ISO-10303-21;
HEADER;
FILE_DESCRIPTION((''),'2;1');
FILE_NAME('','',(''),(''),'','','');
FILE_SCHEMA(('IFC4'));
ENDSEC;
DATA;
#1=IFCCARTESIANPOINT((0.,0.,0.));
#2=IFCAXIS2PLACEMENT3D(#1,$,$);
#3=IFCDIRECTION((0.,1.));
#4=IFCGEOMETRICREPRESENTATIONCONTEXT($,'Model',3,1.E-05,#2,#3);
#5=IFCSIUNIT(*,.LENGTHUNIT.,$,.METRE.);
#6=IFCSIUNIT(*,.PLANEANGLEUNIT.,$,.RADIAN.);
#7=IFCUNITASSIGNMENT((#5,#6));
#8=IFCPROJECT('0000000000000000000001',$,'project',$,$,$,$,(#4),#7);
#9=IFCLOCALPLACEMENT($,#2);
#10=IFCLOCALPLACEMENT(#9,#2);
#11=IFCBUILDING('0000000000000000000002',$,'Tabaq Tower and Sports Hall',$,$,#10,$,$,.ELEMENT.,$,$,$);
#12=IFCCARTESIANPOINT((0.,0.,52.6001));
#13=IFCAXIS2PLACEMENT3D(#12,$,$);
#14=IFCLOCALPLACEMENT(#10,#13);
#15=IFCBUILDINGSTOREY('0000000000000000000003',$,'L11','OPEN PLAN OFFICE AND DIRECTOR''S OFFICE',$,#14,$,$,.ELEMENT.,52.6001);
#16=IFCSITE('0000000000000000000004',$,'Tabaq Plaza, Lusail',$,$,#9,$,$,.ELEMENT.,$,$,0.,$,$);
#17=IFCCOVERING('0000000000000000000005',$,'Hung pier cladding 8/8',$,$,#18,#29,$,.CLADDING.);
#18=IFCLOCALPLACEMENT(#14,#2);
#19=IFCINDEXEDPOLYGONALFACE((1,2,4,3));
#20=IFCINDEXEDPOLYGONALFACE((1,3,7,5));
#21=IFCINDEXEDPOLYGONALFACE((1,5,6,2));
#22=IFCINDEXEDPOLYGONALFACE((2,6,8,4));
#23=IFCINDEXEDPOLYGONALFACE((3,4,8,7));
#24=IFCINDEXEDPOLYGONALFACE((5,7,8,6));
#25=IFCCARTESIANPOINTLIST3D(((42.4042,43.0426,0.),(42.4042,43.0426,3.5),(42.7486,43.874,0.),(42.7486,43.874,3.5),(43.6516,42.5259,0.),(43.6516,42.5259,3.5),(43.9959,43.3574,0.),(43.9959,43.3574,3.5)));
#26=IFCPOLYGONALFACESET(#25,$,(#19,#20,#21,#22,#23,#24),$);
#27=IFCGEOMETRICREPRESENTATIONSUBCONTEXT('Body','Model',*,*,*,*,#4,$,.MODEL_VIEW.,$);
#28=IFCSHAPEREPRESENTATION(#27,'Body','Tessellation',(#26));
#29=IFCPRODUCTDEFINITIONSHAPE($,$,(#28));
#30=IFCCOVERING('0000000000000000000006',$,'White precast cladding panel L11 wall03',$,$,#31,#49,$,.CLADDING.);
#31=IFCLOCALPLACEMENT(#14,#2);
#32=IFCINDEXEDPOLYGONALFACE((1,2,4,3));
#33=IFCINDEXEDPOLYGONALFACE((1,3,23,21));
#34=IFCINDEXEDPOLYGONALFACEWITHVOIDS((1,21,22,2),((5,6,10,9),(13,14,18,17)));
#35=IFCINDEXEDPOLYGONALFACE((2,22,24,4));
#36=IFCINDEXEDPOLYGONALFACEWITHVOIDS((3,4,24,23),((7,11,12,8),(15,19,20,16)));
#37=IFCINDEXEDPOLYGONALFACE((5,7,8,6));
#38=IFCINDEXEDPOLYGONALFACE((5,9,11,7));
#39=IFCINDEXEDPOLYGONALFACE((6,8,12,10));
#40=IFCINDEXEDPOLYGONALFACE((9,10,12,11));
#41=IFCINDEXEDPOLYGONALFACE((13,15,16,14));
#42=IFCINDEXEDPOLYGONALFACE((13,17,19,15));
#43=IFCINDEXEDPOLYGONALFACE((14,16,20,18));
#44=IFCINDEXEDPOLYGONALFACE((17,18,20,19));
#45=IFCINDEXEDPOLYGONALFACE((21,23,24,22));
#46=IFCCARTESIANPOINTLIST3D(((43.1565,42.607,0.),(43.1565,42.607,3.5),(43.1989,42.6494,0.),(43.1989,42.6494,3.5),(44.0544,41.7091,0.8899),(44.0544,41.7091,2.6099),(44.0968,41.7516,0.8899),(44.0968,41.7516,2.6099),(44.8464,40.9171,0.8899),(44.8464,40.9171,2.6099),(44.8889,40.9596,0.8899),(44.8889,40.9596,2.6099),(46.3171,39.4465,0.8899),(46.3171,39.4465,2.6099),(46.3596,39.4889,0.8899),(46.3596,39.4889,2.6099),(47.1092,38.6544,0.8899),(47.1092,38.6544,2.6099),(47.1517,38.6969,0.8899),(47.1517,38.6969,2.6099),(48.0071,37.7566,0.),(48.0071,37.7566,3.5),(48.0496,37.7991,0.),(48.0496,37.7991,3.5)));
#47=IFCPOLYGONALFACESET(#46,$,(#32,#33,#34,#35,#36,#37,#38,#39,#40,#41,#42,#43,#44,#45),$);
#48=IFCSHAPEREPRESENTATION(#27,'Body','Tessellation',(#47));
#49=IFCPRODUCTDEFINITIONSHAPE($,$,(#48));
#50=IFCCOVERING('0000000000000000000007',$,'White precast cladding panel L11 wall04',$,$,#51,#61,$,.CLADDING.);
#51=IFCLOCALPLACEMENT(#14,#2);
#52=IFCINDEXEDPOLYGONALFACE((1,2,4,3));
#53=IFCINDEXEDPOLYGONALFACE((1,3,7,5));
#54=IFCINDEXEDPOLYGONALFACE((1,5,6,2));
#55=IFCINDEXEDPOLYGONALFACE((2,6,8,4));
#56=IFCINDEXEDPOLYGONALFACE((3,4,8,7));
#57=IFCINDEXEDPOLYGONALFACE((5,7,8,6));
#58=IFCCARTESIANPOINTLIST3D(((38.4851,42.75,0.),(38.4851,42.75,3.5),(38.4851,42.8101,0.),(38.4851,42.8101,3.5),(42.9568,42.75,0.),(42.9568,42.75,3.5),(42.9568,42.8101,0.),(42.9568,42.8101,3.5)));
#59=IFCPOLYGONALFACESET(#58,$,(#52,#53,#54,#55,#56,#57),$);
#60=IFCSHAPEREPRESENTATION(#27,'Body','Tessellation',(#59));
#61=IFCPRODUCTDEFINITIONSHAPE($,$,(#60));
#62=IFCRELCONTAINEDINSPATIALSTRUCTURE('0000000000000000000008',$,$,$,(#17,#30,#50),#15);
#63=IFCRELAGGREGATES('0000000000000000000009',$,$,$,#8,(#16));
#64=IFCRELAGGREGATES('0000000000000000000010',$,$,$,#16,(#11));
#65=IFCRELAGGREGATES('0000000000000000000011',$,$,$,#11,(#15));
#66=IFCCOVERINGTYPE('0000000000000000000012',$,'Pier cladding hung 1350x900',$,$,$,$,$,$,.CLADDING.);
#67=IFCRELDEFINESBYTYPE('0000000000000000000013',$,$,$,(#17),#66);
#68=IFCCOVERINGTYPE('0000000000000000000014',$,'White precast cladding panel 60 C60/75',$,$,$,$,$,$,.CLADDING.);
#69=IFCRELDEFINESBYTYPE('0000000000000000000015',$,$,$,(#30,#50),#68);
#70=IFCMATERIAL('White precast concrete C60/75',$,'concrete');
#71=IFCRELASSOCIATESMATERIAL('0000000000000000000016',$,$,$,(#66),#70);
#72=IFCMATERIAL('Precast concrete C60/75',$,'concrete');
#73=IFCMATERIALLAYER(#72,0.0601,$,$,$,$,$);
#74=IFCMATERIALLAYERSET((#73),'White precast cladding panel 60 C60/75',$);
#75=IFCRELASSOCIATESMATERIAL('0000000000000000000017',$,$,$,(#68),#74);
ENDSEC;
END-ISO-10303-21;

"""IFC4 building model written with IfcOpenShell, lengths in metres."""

from ifc_helpers import new_model, si_unit, direction, frame, frame_2d, origin, place, context, subcontext, project, spatial, polyline, rectangle, outline, extrude, material, layer, layer_set, type_object, element, save


model = new_model("IFC4")

# Units and contexts
model_context = context("Model", 3, precision=1e-05, world=origin(), true_north=direction((0.0, 1.0)))
body_context = subcontext(model_context, "Body", "Model", "MODEL_VIEW")
ifc_project = project(units=[si_unit("LENGTHUNIT", "METRE"), si_unit("PLANEANGLEUNIT", "RADIAN")], contexts=[model_context])

# Site, building, storey
site_placement = place(None, origin())
site = spatial("IfcSite", under=ifc_project, at=site_placement, Name="Tabaq Plaza, Lusail", CompositionType="ELEMENT", RefElevation=0.0)
building_placement = place(site_placement, origin())
building = spatial("IfcBuilding", under=site, at=building_placement, Name="Tabaq Tower and Sports Hall", CompositionType="ELEMENT")
storey_placement = place(building_placement, frame((0.0, 0.0, 52.6001)))
storey = spatial("IfcBuildingStorey", under=building, at=storey_placement, Name="L11", Description="OPEN PLAN OFFICE AND DIRECTOR'S OFFICE", CompositionType="ELEMENT", Elevation=52.6001)

# Coverings
ifc_material_1 = material(Name="White precast concrete C60/75", Category="concrete")
covering_type_1 = type_object("IfcCoveringType", Name="Pier cladding hung 1350x900", PredefinedType="CLADDING", material=ifc_material_1)
covering_1_placement = place(storey_placement, frame((43.8237, 42.9417, 0.0), z_axis=(0.0, 0.0, 1.0), x_axis=(-0.923893, 0.38265, 0.0)))
element("IfcCovering", 1, at=covering_1_placement, inside=storey, type_object=covering_type_1, Name="Hung pier cladding 8/8", PredefinedType="CLADDING", context=body_context, shape_type="SweptSolid", body=[
    extrude(rectangle(XDim=1.3501, YDim=0.8999, at=frame_2d((0.675, 0.0))), origin(), (0.0, 0.0, 1.0), 3.5),
])
ifc_material_2 = material(Name="Precast concrete C60/75", Category="concrete")
ifc_layer_1 = layer(ifc_material_2, 0.0601)
ifc_layer_set_1 = layer_set([ifc_layer_1], Name="White precast cladding panel 60 C60/75")
covering_type_2 = type_object("IfcCoveringType", Name="White precast cladding panel 60 C60/75", PredefinedType="CLADDING", material=ifc_layer_set_1)
covering_2_placement = place(storey_placement, frame((48.0283, 37.7778, 0.0), z_axis=(0.0, 0.0, 1.0), x_axis=(-0.707125, 0.707089, 0.0)))
element("IfcCovering", 2, at=covering_2_placement, inside=storey, type_object=covering_type_2, Name="White precast cladding panel L11 wall03", PredefinedType="CLADDING", context=body_context, shape_type="SweptSolid", body=[
    extrude(outline(polyline([(0.0, 0.0), (6.8596, 0.0), (6.8596, 3.5), (0.0, 3.5), (0.0, 0.0)]), holes=[polyline([(1.2698, 2.6099), (2.3899, 2.6099), (2.3899, 0.8899), (1.2698, 0.8899), (1.2698, 2.6099)]), polyline([(4.4697, 2.6099), (5.5898, 2.6099), (5.5898, 0.8899), (4.4697, 0.8899), (4.4697, 2.6099)])]), frame((0.0, 0.03, 0.0), z_axis=(0.0, -1.0, 0.0), x_axis=(1.0, 0.0, 0.0)), (0.0, 0.0, 1.0), 0.0601),
])
covering_3_placement = place(storey_placement, frame((42.9568, 42.78, 0.0), z_axis=(0.0, 0.0, 1.0), x_axis=(-1.0, 0.0, 0.0)))
element("IfcCovering", 3, at=covering_3_placement, inside=storey, type_object=covering_type_2, Name="White precast cladding panel L11 wall04", PredefinedType="CLADDING", context=body_context, shape_type="SweptSolid", body=[
    extrude(rectangle(XDim=4.4717, YDim=0.0601, at=frame_2d((2.2358, 0.0))), origin(), (0.0, 0.0, 1.0), 3.5),
])

save(model, "model.ifc")
